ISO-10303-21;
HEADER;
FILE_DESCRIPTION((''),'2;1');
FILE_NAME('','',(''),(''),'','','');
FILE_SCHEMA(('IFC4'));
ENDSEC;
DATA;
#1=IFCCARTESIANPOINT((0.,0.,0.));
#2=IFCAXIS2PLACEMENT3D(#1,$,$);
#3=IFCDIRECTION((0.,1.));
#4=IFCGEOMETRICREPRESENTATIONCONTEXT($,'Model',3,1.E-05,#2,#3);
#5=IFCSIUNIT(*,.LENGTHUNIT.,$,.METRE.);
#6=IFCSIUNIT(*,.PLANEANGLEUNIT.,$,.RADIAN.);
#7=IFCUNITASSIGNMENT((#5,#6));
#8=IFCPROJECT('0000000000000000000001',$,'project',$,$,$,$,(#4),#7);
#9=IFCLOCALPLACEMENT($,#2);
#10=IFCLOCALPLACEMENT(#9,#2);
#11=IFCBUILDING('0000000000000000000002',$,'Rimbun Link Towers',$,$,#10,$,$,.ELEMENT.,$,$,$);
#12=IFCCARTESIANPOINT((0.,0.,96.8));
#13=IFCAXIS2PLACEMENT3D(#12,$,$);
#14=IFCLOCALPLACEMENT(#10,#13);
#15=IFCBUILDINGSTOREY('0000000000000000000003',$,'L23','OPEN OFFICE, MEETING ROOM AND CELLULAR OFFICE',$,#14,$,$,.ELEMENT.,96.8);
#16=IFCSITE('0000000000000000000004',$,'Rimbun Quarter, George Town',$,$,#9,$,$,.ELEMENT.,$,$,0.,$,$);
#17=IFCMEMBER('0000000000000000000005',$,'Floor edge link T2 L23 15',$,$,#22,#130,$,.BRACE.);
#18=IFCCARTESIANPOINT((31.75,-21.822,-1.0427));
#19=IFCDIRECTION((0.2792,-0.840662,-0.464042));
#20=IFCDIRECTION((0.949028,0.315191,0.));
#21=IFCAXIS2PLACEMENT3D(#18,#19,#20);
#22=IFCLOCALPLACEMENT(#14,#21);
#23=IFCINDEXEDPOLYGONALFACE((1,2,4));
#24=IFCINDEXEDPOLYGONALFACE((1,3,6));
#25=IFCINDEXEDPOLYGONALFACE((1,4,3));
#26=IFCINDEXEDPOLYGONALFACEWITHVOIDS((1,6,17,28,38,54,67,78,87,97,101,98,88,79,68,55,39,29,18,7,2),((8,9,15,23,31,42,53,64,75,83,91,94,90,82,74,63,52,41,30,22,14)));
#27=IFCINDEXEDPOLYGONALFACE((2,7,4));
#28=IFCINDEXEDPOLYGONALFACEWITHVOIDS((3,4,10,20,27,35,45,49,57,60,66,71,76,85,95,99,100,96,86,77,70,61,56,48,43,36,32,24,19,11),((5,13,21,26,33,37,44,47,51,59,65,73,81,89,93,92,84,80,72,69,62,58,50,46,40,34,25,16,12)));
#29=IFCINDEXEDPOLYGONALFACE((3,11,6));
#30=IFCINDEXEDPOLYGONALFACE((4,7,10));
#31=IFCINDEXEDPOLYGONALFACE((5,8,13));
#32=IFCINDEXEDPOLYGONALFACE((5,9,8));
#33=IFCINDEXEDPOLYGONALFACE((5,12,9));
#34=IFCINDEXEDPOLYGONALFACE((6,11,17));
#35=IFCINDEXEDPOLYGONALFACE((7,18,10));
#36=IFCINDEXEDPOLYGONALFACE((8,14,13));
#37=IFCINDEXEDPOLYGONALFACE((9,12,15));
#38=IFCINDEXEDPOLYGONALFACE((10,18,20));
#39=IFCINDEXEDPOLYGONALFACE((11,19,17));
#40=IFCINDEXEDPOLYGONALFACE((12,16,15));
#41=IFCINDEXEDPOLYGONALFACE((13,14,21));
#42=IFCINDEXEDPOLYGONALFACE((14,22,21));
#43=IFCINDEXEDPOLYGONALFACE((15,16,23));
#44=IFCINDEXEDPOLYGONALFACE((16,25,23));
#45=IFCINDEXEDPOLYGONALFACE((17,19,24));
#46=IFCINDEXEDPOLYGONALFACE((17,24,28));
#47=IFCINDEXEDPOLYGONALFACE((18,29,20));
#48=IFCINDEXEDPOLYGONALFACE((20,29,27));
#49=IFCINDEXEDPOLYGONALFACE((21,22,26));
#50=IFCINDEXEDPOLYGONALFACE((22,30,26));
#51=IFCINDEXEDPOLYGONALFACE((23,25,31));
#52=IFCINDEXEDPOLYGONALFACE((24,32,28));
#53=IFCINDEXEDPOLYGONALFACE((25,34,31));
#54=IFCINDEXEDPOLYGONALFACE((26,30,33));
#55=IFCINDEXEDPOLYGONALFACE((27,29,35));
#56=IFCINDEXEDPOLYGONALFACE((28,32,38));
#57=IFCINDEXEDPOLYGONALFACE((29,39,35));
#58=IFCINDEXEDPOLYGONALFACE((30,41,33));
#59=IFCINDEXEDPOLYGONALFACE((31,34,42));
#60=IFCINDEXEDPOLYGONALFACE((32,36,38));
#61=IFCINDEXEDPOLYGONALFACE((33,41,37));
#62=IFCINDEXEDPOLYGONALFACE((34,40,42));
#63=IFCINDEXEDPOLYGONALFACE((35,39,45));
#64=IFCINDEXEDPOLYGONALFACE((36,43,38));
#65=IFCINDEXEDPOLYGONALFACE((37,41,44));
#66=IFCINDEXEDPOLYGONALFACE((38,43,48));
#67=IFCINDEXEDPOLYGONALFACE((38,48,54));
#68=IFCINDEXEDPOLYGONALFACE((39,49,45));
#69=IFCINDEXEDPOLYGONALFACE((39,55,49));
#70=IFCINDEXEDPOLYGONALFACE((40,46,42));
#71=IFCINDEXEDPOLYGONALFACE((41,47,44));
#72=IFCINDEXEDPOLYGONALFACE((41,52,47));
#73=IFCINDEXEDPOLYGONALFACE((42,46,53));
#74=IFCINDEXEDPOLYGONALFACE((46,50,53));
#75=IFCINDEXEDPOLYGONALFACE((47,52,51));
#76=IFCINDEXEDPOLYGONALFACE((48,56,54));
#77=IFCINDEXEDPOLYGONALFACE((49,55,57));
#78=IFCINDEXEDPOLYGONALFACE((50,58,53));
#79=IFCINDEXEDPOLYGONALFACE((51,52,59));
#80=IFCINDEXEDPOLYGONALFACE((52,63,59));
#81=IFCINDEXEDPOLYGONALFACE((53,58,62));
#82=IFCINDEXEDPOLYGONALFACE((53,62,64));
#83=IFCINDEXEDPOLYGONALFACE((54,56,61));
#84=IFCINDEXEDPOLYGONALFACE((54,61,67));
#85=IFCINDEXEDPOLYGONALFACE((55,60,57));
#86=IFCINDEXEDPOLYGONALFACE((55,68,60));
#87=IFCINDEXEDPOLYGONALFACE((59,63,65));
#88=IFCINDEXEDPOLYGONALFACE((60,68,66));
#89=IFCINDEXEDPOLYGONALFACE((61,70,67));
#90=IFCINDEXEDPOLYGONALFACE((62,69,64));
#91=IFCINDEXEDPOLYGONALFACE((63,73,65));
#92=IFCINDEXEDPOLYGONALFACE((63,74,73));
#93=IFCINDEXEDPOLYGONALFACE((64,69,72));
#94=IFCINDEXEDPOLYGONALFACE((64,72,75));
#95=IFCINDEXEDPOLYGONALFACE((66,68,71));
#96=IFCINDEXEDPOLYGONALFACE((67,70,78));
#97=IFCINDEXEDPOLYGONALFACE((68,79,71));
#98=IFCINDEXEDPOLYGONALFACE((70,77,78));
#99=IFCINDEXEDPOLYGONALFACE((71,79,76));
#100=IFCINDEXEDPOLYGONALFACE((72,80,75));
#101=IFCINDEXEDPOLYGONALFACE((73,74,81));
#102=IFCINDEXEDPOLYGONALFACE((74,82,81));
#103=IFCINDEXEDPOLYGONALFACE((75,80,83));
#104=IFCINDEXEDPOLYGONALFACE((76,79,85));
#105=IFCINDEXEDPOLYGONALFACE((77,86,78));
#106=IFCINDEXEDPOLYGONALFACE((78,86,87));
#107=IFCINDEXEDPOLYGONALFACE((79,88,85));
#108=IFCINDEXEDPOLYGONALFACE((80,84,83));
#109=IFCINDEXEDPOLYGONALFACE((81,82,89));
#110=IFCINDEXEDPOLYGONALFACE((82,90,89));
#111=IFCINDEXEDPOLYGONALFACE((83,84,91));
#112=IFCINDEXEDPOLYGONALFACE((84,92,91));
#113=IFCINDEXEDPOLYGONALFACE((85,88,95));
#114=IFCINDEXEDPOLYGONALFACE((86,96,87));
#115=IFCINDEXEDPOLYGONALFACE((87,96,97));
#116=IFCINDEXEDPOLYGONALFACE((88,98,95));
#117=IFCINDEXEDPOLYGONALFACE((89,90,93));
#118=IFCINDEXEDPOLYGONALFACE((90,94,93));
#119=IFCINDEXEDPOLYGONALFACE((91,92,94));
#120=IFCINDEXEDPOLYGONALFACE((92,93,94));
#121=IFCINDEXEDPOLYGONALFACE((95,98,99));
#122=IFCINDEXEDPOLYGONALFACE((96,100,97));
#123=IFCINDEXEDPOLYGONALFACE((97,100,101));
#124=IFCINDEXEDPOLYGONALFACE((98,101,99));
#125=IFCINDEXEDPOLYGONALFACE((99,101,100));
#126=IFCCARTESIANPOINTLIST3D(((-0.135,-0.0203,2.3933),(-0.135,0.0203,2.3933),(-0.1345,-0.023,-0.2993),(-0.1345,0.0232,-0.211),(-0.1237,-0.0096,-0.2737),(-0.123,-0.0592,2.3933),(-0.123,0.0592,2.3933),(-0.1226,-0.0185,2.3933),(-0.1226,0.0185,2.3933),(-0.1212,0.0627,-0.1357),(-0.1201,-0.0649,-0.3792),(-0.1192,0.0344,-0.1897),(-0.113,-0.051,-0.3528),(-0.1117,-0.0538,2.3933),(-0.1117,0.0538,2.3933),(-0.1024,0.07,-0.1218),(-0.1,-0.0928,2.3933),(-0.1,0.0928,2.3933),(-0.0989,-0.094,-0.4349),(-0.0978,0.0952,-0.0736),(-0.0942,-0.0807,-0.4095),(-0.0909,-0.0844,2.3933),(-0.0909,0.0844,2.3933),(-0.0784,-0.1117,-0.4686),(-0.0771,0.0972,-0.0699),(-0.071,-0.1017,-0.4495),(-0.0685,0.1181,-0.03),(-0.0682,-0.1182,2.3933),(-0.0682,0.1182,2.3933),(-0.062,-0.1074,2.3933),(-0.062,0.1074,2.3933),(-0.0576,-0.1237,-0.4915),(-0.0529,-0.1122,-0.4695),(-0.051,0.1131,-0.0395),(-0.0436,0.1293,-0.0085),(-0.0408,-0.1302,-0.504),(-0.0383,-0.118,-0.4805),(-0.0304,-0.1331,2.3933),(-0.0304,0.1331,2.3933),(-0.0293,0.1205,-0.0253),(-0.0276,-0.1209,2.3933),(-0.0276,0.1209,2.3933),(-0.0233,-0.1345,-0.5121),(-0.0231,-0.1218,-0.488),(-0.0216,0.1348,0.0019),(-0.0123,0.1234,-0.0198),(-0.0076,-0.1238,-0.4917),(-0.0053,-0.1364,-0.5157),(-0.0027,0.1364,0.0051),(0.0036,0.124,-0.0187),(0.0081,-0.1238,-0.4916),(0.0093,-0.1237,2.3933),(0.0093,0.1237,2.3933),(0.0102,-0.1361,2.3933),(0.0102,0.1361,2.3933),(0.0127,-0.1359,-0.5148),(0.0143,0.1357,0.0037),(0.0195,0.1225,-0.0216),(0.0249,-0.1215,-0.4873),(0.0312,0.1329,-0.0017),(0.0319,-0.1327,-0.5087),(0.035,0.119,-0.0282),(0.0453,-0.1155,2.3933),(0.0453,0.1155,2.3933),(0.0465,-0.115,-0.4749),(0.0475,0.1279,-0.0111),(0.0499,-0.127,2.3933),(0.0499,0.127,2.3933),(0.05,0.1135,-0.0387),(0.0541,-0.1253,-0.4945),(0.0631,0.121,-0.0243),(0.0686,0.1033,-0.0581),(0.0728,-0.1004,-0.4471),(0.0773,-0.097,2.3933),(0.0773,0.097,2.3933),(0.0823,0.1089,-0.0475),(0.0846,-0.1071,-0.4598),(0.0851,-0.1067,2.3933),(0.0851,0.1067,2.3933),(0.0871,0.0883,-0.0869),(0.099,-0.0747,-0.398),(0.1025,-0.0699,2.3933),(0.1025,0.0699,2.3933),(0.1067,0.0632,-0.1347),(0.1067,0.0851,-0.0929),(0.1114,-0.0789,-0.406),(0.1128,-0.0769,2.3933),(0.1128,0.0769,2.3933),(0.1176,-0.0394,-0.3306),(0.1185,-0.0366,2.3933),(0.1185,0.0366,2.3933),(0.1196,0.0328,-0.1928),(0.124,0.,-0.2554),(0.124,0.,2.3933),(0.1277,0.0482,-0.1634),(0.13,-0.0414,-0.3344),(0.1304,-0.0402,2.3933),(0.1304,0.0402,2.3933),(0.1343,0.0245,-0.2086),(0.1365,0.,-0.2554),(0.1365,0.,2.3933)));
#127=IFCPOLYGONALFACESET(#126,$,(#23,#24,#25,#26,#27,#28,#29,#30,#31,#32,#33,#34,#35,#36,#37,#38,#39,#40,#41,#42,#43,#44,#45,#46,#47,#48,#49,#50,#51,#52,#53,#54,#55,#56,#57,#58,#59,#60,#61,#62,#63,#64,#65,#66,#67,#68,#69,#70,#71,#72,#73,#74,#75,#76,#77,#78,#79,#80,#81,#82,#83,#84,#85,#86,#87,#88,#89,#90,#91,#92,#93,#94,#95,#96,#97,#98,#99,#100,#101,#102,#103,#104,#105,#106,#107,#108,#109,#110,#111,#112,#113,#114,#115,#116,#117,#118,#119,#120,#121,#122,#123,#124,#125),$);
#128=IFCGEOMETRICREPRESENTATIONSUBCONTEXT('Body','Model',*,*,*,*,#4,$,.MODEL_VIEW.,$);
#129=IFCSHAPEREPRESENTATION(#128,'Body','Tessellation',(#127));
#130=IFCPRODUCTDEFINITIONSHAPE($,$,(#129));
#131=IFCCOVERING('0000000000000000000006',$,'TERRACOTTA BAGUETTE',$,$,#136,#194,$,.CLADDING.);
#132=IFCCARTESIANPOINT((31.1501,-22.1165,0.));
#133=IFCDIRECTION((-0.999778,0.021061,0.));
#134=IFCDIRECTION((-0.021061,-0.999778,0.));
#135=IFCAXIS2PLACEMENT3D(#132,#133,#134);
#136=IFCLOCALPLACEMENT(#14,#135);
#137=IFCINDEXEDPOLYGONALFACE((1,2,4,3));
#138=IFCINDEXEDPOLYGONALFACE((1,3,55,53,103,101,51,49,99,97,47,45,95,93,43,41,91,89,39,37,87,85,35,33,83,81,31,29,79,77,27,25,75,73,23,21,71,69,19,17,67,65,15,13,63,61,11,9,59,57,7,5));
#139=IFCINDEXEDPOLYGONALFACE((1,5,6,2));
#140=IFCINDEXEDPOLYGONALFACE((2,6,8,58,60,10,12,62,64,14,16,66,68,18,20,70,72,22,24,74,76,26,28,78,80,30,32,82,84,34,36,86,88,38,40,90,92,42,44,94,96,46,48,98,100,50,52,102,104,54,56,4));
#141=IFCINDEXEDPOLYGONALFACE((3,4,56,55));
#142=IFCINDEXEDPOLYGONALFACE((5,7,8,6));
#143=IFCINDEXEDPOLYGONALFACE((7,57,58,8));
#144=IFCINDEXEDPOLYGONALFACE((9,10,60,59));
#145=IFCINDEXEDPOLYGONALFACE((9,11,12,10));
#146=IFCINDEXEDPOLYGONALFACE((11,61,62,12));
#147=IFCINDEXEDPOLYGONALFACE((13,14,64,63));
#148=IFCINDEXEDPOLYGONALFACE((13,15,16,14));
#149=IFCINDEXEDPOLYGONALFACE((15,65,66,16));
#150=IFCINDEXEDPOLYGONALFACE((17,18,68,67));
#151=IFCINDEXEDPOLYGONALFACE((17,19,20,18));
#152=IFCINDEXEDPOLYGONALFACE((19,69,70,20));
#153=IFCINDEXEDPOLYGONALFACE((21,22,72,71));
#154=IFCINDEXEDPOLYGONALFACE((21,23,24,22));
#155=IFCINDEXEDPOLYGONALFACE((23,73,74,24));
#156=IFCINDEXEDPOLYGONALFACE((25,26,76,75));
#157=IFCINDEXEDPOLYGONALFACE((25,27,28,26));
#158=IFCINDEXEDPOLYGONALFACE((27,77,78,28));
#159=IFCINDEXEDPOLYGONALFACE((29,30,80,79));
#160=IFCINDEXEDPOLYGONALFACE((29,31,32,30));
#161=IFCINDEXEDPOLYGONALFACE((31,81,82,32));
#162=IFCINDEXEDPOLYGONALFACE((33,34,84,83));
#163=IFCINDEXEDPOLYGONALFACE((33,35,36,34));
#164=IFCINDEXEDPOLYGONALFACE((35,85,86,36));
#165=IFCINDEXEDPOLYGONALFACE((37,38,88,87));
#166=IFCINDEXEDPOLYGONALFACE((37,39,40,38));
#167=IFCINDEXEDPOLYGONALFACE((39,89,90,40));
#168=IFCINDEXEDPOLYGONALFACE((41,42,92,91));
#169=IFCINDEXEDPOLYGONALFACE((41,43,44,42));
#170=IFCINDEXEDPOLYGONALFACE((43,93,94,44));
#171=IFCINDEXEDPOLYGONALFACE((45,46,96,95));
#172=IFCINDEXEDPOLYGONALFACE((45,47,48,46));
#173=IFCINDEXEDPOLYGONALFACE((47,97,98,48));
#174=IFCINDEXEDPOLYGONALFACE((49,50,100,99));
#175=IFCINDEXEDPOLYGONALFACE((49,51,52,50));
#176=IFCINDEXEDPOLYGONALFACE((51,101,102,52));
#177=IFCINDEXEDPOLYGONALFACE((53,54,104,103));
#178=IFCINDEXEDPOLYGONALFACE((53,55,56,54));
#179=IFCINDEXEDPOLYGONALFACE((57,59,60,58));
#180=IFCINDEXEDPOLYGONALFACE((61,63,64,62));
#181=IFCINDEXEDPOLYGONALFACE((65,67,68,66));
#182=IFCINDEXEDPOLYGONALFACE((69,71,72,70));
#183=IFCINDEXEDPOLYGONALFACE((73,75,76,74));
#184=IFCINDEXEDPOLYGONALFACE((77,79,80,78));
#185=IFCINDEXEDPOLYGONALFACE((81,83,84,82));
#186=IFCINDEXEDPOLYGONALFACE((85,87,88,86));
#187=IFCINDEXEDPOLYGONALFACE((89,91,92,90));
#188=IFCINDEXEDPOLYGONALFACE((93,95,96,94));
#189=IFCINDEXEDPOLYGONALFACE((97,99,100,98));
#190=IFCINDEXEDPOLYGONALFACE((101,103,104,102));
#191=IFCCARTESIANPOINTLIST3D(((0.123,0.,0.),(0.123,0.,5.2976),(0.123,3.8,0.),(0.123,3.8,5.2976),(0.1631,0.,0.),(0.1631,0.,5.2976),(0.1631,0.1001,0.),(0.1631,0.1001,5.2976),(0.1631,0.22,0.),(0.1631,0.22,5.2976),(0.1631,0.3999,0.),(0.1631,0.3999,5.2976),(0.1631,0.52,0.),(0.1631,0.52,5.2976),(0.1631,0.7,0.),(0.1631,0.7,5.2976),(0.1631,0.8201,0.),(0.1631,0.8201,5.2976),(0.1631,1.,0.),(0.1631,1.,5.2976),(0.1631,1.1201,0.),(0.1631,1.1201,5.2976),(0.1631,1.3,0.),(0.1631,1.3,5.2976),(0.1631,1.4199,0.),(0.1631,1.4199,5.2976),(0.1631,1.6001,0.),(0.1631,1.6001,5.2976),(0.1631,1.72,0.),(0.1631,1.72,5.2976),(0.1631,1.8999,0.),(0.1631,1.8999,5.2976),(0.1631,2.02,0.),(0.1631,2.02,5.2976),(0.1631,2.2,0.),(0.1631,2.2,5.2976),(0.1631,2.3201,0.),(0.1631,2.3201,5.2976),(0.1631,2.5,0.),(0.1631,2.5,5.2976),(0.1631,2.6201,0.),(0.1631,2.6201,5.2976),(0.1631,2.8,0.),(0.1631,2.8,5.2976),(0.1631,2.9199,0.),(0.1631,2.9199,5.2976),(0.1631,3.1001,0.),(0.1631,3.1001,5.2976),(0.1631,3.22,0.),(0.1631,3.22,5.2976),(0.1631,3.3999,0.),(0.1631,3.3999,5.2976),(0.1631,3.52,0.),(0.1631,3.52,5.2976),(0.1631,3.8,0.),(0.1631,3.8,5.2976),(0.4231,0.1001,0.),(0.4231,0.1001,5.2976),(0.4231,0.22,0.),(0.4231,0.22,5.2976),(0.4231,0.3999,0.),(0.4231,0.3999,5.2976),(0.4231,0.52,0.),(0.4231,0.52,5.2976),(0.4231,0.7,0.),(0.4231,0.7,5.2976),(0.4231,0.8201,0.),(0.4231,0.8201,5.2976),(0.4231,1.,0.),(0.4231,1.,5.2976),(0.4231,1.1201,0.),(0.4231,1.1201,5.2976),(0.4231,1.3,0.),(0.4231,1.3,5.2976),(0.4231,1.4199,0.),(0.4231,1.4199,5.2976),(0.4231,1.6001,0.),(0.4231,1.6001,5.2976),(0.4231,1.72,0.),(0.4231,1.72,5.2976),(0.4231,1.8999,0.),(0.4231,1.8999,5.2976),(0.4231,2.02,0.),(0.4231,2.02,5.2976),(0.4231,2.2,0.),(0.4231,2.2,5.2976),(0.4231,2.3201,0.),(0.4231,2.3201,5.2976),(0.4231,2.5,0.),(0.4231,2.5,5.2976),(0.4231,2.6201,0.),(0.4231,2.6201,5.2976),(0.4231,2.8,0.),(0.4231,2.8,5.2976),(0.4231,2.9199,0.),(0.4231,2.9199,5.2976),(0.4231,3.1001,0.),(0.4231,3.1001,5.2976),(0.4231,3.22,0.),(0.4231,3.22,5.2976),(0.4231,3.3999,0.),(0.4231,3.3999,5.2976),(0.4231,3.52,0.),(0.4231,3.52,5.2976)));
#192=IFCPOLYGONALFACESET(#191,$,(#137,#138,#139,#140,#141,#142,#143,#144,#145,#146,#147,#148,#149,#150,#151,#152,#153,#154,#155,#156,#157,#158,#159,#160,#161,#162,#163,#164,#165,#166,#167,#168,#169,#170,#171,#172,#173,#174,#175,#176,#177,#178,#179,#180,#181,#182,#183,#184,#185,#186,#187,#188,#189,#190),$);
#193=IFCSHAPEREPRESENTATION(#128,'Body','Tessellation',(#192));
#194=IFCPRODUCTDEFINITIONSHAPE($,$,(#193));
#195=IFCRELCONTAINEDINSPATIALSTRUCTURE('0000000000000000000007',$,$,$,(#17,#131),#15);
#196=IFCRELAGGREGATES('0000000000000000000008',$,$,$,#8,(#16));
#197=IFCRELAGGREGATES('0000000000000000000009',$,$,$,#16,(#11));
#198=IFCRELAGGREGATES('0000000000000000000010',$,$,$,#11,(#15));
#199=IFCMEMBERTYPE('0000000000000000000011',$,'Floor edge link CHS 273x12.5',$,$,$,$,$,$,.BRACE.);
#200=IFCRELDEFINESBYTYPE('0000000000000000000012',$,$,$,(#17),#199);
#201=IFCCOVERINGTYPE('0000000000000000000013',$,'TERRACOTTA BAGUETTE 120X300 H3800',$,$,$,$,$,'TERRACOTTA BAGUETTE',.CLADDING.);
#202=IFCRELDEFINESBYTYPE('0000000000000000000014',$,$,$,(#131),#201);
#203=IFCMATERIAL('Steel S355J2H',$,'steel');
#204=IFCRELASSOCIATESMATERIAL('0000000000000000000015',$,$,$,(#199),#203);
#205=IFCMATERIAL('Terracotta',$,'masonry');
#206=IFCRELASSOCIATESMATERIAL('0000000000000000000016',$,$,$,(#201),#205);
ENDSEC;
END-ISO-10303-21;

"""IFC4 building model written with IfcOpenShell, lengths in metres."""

from ifc_helpers import new_model, si_unit, direction, frame, origin, origin_2d, place, context, subcontext, project, spatial, polyline, hollow_circle, outline, extrude, clip, halfspace, material, material_profile, profile_set, type_object, element, save


model = new_model("IFC4")

# Units and contexts
model_context = context("Model", 3, precision=1e-05, world=origin(), true_north=direction((0.0, 1.0)))
body_context = subcontext(model_context, "Body", "Model", "MODEL_VIEW")
ifc_project = project(units=[si_unit("LENGTHUNIT", "METRE"), si_unit("PLANEANGLEUNIT", "RADIAN")], contexts=[model_context])

# Site, building, storey
site_placement = place(None, origin())
site = spatial("IfcSite", under=ifc_project, at=site_placement, Name="Rimbun Quarter, George Town", CompositionType="ELEMENT", RefElevation=0.0)
building_placement = place(site_placement, origin())
building = spatial("IfcBuilding", under=site, at=building_placement, Name="Rimbun Link Towers", CompositionType="ELEMENT")
storey_placement = place(building_placement, frame((0.0, 0.0, 96.8)))
storey = spatial("IfcBuildingStorey", under=building, at=storey_placement, Name="L23", Description="OPEN OFFICE, MEETING ROOM AND CELLULAR OFFICE", CompositionType="ELEMENT", Elevation=96.8)

# Member
ifc_material_1 = material(Name="Steel S355J2H", Category="steel")
ifc_material_profile_1 = material_profile(ifc_material_1, hollow_circle(Radius=0.1365, WallThickness=0.0125, at=origin_2d()), Name="CHS 273x12.5")
ifc_profile_set_1 = profile_set([ifc_material_profile_1], Name="Steel S355J2H")
member_type_1 = type_object("IfcMemberType", Name="Floor edge link CHS 273x12.5", PredefinedType="BRACE", material=ifc_profile_set_1)
member_1_placement = place(storey_placement, frame((31.75, -21.822, -1.0427), z_axis=(0.2792, -0.840662, -0.464042), x_axis=(0.949028, 0.315191, 0.0)))
element("IfcMember", 1, at=member_1_placement, inside=storey, type_object=member_type_1, Name="Floor edge link T2 L23 15", PredefinedType="BRACE", context=body_context, shape_type="Clipping", body=[
    clip(extrude(hollow_circle(Radius=0.1365, WallThickness=0.0125, at=origin_2d()), frame((0.0, 0.0, -0.5427)), (0.0, 0.0, 1.0), 2.936), halfspace(frame((0.0, 0.0, -0.2554), z_axis=(0.0, 0.885813, -0.464042)), False)),
])

# Covering
ifc_material_2 = material(Name="Terracotta", Category="masonry")
ifc_material_profile_2 = material_profile(ifc_material_2, outline(polyline([(0.123, 0.0), (0.1631, 0.0), (0.1631, 0.1001), (0.4231, 0.1001), (0.4231, 0.22), (0.1631, 0.22), (0.1631, 0.3999), (0.4231, 0.3999), (0.4231, 0.52), (0.1631, 0.52), (0.1631, 0.7), (0.4231, 0.7), (0.4231, 0.8201), (0.1631, 0.8201), (0.1631, 1.0), (0.4231, 1.0), (0.4231, 1.1201), (0.1631, 1.1201), (0.1631, 1.3), (0.4231, 1.3), (0.4231, 1.4199), (0.1631, 1.4199), (0.1631, 1.6001), (0.4231, 1.6001), (0.4231, 1.72), (0.1631, 1.72), (0.1631, 1.8999), (0.4231, 1.8999), (0.4231, 2.02), (0.1631, 2.02), (0.1631, 2.2), (0.4231, 2.2), (0.4231, 2.3201), (0.1631, 2.3201), (0.1631, 2.5), (0.4231, 2.5), (0.4231, 2.6201), (0.1631, 2.6201), (0.1631, 2.8), (0.4231, 2.8), (0.4231, 2.9199), (0.1631, 2.9199), (0.1631, 3.1001), (0.4231, 3.1001), (0.4231, 3.22), (0.1631, 3.22), (0.1631, 3.3999), (0.4231, 3.3999), (0.4231, 3.52), (0.1631, 3.52), (0.1631, 3.8), (0.123, 3.8), (0.123, 0.0)])), Name="BAGUETTE 120X300")
ifc_profile_set_2 = profile_set([ifc_material_profile_2], Name="Terracotta")
covering_type = type_object("IfcCoveringType", Name="TERRACOTTA BAGUETTE 120X300 H3800", ElementType="TERRACOTTA BAGUETTE", PredefinedType="CLADDING", material=ifc_profile_set_2)
covering_placement = place(storey_placement, frame((31.1501, -22.1165, 0.0), z_axis=(-0.999778, 0.021061, 0.0), x_axis=(-0.021061, -0.999778, 0.0)))
element("IfcCovering", 2, at=covering_placement, inside=storey, type_object=covering_type, Name="TERRACOTTA BAGUETTE", PredefinedType="CLADDING", context=body_context, shape_type="SweptSolid", body=[
    extrude(outline(polyline([(0.123, 0.0), (0.1631, 0.0), (0.1631, 0.1001), (0.4231, 0.1001), (0.4231, 0.22), (0.1631, 0.22), (0.1631, 0.3999), (0.4231, 0.3999), (0.4231, 0.52), (0.1631, 0.52), (0.1631, 0.7), (0.4231, 0.7), (0.4231, 0.8201), (0.1631, 0.8201), (0.1631, 1.0), (0.4231, 1.0), (0.4231, 1.1201), (0.1631, 1.1201), (0.1631, 1.3), (0.4231, 1.3), (0.4231, 1.4199), (0.1631, 1.4199), (0.1631, 1.6001), (0.4231, 1.6001), (0.4231, 1.72), (0.1631, 1.72), (0.1631, 1.8999), (0.4231, 1.8999), (0.4231, 2.02), (0.1631, 2.02), (0.1631, 2.2), (0.4231, 2.2), (0.4231, 2.3201), (0.1631, 2.3201), (0.1631, 2.5), (0.4231, 2.5), (0.4231, 2.6201), (0.1631, 2.6201), (0.1631, 2.8), (0.4231, 2.8), (0.4231, 2.9199), (0.1631, 2.9199), (0.1631, 3.1001), (0.4231, 3.1001), (0.4231, 3.22), (0.1631, 3.22), (0.1631, 3.3999), (0.4231, 3.3999), (0.4231, 3.52), (0.1631, 3.52), (0.1631, 3.8), (0.123, 3.8), (0.123, 0.0)])), origin(), (0.0, 0.0, 1.0), 5.2976),
])

save(model, "model.ifc")
